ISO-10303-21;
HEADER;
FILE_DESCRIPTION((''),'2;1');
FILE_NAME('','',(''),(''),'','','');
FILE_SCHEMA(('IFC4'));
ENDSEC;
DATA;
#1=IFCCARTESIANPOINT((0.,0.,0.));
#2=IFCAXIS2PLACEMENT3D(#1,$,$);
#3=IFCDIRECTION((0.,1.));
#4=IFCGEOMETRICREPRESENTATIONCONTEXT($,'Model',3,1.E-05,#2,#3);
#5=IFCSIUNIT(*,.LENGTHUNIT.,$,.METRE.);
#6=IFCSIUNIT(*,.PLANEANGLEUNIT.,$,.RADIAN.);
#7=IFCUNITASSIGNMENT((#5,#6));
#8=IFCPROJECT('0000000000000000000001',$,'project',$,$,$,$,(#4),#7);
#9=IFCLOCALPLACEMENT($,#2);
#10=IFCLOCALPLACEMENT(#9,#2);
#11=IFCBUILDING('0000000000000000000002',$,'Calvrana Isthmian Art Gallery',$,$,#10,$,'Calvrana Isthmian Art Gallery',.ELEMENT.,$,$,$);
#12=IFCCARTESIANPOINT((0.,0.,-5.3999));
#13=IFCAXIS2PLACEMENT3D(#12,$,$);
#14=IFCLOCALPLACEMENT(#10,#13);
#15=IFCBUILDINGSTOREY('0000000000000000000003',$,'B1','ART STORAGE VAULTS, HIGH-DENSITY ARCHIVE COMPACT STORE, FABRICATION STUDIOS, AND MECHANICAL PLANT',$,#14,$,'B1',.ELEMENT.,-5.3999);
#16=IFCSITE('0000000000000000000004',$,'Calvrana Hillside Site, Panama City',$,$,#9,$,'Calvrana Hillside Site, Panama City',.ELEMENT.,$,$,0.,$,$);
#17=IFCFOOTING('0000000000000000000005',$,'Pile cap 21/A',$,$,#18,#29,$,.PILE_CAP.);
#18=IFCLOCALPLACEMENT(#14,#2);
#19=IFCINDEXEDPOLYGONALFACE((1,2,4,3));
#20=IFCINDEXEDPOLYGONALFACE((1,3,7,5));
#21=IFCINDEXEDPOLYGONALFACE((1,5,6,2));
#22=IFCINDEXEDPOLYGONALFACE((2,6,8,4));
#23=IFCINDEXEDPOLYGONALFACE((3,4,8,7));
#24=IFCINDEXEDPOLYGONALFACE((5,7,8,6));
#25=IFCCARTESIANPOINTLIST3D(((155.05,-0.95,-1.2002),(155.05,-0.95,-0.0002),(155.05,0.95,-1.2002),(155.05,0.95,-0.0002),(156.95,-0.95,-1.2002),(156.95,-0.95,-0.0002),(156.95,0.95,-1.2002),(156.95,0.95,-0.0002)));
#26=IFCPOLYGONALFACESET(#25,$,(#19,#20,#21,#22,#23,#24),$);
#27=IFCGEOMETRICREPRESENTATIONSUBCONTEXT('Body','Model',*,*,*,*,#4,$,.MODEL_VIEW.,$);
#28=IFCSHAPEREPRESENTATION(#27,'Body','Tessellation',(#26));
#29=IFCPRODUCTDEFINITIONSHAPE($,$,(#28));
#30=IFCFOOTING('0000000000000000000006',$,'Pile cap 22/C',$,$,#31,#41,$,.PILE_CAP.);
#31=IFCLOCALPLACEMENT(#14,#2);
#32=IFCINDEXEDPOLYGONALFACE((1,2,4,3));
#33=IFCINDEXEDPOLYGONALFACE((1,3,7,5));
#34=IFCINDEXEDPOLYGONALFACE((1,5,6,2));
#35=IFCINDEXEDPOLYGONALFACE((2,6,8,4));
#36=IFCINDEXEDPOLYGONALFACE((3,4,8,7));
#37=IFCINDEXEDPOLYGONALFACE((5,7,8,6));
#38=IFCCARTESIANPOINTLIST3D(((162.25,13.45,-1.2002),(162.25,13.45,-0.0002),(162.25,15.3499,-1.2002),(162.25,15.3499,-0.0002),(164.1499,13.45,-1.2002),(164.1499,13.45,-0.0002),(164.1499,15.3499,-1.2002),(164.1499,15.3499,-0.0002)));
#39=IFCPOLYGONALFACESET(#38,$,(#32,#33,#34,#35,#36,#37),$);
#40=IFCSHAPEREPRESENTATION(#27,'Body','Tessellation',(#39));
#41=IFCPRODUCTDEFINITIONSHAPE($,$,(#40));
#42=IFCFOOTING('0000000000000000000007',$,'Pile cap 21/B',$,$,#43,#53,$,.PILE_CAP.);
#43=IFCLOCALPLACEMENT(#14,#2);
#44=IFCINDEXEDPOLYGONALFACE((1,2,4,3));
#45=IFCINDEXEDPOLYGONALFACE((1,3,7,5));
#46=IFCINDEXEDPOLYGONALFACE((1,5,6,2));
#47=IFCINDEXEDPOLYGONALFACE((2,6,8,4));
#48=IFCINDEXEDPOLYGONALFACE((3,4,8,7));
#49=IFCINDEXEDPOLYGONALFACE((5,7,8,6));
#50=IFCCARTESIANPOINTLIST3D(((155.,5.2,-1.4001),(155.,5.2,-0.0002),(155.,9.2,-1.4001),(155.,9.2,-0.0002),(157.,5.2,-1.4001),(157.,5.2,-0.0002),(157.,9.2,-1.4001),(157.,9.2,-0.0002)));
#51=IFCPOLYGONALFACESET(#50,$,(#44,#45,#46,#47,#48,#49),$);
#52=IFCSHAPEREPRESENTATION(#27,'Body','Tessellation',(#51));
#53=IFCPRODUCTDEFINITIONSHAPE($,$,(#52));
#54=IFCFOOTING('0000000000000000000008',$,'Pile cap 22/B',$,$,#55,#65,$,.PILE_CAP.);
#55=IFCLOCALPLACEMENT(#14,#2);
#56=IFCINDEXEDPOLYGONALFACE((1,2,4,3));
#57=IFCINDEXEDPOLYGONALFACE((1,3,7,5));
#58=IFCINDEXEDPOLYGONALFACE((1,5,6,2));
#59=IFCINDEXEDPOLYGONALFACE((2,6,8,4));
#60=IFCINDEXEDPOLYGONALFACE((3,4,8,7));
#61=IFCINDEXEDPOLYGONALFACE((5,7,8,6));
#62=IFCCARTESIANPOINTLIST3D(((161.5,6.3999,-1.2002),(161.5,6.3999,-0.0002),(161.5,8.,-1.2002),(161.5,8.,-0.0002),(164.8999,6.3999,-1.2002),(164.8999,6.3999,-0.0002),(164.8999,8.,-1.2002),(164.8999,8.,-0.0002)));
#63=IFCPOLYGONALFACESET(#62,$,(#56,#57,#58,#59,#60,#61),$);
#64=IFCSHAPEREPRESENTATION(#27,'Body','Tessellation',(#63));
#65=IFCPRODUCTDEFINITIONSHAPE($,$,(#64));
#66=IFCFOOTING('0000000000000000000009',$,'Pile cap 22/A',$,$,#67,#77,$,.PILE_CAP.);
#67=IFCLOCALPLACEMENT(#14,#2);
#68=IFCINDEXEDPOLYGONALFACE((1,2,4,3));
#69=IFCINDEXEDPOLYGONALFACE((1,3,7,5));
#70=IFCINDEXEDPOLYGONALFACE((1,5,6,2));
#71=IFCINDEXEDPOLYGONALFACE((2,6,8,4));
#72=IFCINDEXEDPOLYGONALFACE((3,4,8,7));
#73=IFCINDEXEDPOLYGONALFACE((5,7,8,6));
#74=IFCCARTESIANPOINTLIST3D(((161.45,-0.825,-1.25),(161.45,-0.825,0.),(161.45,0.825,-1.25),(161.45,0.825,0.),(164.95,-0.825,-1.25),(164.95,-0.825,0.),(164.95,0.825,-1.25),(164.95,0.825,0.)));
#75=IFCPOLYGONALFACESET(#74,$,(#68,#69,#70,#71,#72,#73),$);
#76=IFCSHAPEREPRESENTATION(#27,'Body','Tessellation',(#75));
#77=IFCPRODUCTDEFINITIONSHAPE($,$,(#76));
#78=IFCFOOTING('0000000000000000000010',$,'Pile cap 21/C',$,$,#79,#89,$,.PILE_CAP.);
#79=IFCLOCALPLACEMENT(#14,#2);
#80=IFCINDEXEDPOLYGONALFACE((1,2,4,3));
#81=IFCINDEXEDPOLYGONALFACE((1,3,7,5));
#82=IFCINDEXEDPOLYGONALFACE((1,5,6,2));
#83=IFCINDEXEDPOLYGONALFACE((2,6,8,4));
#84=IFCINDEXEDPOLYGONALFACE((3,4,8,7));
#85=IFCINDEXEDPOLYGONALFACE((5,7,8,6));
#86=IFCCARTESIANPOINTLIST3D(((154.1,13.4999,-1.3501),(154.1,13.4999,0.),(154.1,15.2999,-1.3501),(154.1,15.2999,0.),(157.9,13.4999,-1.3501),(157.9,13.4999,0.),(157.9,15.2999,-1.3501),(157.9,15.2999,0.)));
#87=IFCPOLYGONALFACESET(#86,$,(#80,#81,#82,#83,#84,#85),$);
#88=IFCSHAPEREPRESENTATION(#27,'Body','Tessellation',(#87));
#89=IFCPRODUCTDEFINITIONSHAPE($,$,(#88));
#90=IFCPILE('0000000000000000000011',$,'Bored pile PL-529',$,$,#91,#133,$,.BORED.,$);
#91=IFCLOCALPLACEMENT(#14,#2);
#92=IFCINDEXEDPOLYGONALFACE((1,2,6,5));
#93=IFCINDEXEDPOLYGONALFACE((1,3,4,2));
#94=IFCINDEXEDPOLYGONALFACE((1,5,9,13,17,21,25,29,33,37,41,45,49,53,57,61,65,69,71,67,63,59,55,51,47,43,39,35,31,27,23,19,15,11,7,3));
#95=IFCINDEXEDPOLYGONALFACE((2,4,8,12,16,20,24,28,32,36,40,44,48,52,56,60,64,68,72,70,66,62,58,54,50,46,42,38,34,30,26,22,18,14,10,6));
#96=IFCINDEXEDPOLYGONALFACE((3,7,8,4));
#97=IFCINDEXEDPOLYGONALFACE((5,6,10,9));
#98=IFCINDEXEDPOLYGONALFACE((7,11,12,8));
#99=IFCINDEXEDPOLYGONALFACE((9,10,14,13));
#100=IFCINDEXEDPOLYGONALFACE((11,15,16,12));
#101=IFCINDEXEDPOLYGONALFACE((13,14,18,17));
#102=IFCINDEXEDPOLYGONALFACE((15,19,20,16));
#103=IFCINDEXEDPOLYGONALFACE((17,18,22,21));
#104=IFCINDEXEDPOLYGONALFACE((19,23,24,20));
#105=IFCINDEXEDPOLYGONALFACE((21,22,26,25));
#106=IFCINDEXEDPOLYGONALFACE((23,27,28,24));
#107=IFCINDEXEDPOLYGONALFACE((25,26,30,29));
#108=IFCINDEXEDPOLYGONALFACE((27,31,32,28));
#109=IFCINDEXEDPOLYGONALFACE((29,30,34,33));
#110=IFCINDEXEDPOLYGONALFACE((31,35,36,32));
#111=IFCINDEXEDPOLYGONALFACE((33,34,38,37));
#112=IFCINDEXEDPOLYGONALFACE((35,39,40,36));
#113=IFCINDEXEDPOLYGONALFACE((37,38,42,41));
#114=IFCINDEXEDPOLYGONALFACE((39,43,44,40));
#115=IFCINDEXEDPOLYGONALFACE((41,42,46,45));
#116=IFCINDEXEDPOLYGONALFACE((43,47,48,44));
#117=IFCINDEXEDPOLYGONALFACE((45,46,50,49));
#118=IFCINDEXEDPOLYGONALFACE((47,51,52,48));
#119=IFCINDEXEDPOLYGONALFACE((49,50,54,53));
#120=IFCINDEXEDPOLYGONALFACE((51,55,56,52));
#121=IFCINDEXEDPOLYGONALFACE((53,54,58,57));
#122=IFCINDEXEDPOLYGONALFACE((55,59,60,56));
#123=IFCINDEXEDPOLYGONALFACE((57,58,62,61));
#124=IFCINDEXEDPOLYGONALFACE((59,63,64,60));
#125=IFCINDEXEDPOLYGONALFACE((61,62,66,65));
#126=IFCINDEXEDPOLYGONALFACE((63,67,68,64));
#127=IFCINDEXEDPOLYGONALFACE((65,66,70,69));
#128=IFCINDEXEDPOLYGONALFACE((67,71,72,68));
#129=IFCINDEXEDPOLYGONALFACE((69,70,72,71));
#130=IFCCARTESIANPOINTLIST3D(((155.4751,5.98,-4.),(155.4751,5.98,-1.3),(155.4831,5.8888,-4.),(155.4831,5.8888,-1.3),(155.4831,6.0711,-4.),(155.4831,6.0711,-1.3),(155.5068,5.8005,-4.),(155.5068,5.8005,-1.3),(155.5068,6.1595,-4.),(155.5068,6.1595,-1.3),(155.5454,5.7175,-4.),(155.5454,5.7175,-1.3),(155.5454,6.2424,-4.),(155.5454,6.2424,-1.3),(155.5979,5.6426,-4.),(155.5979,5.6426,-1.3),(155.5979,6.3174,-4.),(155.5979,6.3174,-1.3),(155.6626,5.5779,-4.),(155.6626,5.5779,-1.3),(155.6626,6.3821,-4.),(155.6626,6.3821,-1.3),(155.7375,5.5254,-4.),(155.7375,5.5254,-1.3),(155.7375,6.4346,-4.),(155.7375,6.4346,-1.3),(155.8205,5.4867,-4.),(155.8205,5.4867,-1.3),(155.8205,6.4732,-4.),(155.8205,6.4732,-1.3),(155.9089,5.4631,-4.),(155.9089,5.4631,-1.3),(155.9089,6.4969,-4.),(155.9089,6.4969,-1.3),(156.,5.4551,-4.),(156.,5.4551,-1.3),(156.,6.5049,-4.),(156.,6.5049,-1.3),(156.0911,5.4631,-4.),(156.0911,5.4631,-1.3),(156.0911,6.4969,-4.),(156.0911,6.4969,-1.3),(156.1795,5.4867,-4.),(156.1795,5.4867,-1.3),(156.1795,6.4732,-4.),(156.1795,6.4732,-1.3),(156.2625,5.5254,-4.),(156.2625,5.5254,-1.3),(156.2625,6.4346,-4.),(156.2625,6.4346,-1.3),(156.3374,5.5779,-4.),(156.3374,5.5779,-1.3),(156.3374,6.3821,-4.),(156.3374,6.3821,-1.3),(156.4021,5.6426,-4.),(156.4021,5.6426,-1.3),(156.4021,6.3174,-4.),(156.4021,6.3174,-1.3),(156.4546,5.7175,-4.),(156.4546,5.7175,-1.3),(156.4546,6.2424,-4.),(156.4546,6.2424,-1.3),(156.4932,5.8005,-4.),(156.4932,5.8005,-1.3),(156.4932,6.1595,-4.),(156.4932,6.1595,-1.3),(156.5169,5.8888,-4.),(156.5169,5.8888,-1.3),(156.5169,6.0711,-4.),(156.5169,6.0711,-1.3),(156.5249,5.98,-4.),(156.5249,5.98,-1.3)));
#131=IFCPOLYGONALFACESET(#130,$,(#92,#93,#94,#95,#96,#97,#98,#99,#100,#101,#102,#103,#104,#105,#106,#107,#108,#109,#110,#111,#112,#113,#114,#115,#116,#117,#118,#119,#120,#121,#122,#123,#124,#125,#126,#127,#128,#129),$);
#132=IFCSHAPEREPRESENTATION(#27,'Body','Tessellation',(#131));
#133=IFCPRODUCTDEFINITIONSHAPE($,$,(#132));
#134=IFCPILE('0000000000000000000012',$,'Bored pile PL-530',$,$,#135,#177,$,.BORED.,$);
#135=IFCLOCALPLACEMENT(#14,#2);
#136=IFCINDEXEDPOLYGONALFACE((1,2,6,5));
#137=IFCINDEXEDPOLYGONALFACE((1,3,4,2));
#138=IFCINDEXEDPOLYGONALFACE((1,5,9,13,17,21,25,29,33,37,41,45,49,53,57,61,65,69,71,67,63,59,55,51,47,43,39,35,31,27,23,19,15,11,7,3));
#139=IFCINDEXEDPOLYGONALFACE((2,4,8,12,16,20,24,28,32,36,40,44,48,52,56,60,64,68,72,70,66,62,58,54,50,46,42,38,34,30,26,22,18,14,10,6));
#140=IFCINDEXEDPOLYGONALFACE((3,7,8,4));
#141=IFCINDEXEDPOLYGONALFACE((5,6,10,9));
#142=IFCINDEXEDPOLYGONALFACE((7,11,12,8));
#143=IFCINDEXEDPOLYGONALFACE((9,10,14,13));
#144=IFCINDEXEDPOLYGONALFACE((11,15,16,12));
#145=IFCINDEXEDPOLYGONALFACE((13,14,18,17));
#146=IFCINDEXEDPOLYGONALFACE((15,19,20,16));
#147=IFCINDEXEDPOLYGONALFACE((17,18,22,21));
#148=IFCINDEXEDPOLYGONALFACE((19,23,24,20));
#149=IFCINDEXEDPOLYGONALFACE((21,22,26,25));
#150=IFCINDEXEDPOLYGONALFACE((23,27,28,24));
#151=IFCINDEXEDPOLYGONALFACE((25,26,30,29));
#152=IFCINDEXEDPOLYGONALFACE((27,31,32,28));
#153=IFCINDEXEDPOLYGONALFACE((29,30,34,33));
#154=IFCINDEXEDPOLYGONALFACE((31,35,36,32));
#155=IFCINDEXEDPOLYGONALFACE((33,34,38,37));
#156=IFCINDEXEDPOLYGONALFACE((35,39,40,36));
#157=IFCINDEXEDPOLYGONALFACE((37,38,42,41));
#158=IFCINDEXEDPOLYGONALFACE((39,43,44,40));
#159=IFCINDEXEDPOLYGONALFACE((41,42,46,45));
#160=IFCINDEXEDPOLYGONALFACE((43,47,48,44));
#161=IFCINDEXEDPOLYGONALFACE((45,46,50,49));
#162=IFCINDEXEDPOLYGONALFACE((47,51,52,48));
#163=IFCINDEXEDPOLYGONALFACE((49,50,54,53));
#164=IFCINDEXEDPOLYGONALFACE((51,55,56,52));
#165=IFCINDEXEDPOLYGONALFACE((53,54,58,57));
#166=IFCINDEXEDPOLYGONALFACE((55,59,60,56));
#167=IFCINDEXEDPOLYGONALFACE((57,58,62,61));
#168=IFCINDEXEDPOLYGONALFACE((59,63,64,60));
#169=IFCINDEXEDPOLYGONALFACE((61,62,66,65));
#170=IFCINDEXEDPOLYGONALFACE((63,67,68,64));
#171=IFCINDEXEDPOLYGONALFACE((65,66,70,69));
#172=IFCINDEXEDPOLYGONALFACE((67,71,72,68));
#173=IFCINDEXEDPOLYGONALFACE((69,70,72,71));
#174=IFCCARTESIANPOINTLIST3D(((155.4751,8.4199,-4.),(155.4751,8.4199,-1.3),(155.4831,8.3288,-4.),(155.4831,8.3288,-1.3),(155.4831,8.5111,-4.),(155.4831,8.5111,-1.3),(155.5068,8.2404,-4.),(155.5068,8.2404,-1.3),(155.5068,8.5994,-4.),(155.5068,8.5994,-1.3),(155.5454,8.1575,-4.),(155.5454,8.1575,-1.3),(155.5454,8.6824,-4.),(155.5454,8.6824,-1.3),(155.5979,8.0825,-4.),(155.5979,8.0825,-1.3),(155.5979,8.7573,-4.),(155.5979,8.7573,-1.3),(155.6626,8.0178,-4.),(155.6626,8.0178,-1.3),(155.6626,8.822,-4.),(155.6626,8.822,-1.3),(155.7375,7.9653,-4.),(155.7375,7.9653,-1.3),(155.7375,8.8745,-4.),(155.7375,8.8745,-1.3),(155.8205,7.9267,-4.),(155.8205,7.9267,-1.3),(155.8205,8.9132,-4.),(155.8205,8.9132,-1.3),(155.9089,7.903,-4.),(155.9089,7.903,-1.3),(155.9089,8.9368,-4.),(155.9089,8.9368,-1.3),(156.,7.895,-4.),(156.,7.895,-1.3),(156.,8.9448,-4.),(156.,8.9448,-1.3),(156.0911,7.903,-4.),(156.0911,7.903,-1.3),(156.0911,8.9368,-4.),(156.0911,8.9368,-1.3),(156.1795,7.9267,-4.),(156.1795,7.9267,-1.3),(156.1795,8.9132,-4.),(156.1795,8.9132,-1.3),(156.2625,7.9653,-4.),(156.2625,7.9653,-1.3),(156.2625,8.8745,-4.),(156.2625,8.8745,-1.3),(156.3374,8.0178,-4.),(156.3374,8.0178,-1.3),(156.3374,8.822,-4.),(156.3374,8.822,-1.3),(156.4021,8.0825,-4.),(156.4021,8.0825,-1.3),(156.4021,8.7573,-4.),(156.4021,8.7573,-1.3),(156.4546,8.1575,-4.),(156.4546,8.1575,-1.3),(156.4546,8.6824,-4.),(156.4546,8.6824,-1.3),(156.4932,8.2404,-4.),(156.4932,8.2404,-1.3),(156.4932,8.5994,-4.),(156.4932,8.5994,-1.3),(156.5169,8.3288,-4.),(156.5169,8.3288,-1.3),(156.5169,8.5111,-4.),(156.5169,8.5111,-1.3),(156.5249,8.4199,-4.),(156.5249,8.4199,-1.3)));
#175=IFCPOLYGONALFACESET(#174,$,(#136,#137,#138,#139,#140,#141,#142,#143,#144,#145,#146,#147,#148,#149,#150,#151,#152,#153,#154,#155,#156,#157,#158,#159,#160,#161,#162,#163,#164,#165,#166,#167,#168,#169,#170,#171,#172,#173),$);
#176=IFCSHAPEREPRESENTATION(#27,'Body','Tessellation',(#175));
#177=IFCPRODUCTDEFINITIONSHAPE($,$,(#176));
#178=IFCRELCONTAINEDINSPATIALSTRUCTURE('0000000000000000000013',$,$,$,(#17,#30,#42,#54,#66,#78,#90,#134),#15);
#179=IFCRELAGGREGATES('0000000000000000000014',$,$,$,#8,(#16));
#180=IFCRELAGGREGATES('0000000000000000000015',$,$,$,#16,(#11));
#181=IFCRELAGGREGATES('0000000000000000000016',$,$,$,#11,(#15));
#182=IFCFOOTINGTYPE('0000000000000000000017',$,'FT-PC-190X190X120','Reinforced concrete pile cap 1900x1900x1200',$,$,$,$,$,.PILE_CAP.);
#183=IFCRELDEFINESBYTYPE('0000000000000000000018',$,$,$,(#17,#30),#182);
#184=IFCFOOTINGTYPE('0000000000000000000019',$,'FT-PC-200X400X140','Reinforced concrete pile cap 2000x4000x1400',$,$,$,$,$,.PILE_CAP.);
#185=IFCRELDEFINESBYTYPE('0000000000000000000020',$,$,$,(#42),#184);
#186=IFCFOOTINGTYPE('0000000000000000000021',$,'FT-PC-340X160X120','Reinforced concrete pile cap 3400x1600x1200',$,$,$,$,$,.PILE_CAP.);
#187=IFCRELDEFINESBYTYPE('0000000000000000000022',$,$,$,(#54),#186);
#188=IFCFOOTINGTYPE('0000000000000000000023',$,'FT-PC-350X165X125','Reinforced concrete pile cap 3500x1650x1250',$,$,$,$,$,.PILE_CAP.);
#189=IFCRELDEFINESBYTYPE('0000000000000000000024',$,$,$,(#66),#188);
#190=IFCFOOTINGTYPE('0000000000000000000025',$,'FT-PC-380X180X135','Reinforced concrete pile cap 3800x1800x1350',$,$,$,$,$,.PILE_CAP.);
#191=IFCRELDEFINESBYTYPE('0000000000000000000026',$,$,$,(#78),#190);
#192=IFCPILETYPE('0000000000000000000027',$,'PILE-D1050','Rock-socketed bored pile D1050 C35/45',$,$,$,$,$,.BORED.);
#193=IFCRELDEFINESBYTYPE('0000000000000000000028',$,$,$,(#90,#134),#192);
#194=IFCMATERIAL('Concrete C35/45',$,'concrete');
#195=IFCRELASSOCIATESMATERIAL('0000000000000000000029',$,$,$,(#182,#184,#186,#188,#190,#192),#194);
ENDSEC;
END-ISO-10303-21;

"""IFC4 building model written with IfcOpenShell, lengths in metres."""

from ifc_helpers import new_model, si_unit, direction, frame, origin, origin_2d, place, context, subcontext, project, spatial, rectangle, circle, extrude, material, material_profile, profile_set, type_object, element, save


model = new_model("IFC4")

# Units and contexts
model_context = context("Model", 3, precision=1e-05, world=origin(), true_north=direction((0.0, 1.0)))
body_context = subcontext(model_context, "Body", "Model", "MODEL_VIEW")
ifc_project = project(units=[si_unit("LENGTHUNIT", "METRE"), si_unit("PLANEANGLEUNIT", "RADIAN")], contexts=[model_context])

# Site, building, storey
site_placement = place(None, origin())
site = spatial("IfcSite", under=ifc_project, at=site_placement, Name="Calvrana Hillside Site, Panama City", LongName="Calvrana Hillside Site, Panama City", CompositionType="ELEMENT", RefElevation=0.0)
building_placement = place(site_placement, origin())
building = spatial("IfcBuilding", under=site, at=building_placement, Name="Calvrana Isthmian Art Gallery", LongName="Calvrana Isthmian Art Gallery", CompositionType="ELEMENT")
storey_placement = place(building_placement, frame((0.0, 0.0, -5.3999)))
storey = spatial("IfcBuildingStorey", under=building, at=storey_placement, Name="B1", Description="ART STORAGE VAULTS, HIGH-DENSITY ARCHIVE COMPACT STORE, FABRICATION STUDIOS, AND MECHANICAL PLANT", LongName="B1", CompositionType="ELEMENT", Elevation=-5.3999)

# Footings
ifc_material_1 = material(Name="Concrete C35/45", Category="concrete")
footing_type_1 = type_object("IfcFootingType", Name="FT-PC-190X190X120", Description="Reinforced concrete pile cap 1900x1900x1200", PredefinedType="PILE_CAP", material=ifc_material_1)
for number, where, z_axis, x_axis, name in (
    (1, (156.0, 0.0, -1.2002), (0.0, 0.0, 1.0), (1.0, 0.0, 0.0), "Pile cap 21/A"),
    (2, (163.2, 14.3999, -1.2002), (0.0, 0.0, 1.0), (1.0, 0.0, 0.0), "Pile cap 22/C"),
):
    element("IfcFooting", number, at=place(storey_placement, frame(where, z_axis=z_axis, x_axis=x_axis)), inside=storey, type_object=footing_type_1, Name=name, PredefinedType="PILE_CAP", context=body_context, shape_type="SweptSolid", body=[
        extrude(rectangle(XDim=1.8999, YDim=1.8999, at=origin_2d()), origin(), (0.0, 0.0, 1.0), 1.2),
    ])
footing_type_2 = type_object("IfcFootingType", Name="FT-PC-200X400X140", Description="Reinforced concrete pile cap 2000x4000x1400", PredefinedType="PILE_CAP", material=ifc_material_1)
footing_1_placement = place(storey_placement, frame((156.0, 7.2, -1.4001), z_axis=(0.0, 0.0, 1.0), x_axis=(1.0, 0.0, 0.0)))
element("IfcFooting", 3, at=footing_1_placement, inside=storey, type_object=footing_type_2, Name="Pile cap 21/B", PredefinedType="PILE_CAP", context=body_context, shape_type="SweptSolid", body=[
    extrude(rectangle(XDim=2.0, YDim=4.0, at=origin_2d()), origin(), (0.0, 0.0, 1.0), 1.3999),
])
footing_type_3 = type_object("IfcFootingType", Name="FT-PC-340X160X120", Description="Reinforced concrete pile cap 3400x1600x1200", PredefinedType="PILE_CAP", material=ifc_material_1)
footing_2_placement = place(storey_placement, frame((163.2, 7.2, -1.2002), z_axis=(0.0, 0.0, 1.0), x_axis=(1.0, 0.0, 0.0)))
element("IfcFooting", 4, at=footing_2_placement, inside=storey, type_object=footing_type_3, Name="Pile cap 22/B", PredefinedType="PILE_CAP", context=body_context, shape_type="SweptSolid", body=[
    extrude(rectangle(XDim=3.3999, YDim=1.6001, at=origin_2d()), origin(), (0.0, 0.0, 1.0), 1.2),
])
footing_type_4 = type_object("IfcFootingType", Name="FT-PC-350X165X125", Description="Reinforced concrete pile cap 3500x1650x1250", PredefinedType="PILE_CAP", material=ifc_material_1)
footing_3_placement = place(storey_placement, frame((163.2, 0.0, -1.25), z_axis=(0.0, 0.0, 1.0), x_axis=(1.0, 0.0, 0.0)))
element("IfcFooting", 5, at=footing_3_placement, inside=storey, type_object=footing_type_4, Name="Pile cap 22/A", PredefinedType="PILE_CAP", context=body_context, shape_type="SweptSolid", body=[
    extrude(rectangle(XDim=3.5, YDim=1.6499, at=origin_2d()), origin(), (0.0, 0.0, 1.0), 1.25),
])
footing_type_5 = type_object("IfcFootingType", Name="FT-PC-380X180X135", Description="Reinforced concrete pile cap 3800x1800x1350", PredefinedType="PILE_CAP", material=ifc_material_1)
footing_4_placement = place(storey_placement, frame((156.0, 14.3999, -1.3501), z_axis=(0.0, 0.0, 1.0), x_axis=(1.0, 0.0, 0.0)))
element("IfcFooting", 6, at=footing_4_placement, inside=storey, type_object=footing_type_5, Name="Pile cap 21/C", PredefinedType="PILE_CAP", context=body_context, shape_type="SweptSolid", body=[
    extrude(rectangle(XDim=3.8, YDim=1.8, at=origin_2d()), origin(), (0.0, 0.0, 1.0), 1.3501),
])

# Piles
ifc_material_profile_1 = material_profile(ifc_material_1, circle(Radius=0.5249, at=origin_2d()), Name="PILE1050D")
ifc_profile_set_1 = profile_set([ifc_material_profile_1], Name="Concrete C35/45")
pile_type_1 = type_object("IfcPileType", Name="PILE-D1050", Description="Rock-socketed bored pile D1050 C35/45", PredefinedType="BORED", material=ifc_profile_set_1)
for number, where, z_axis, x_axis, name in (
    (7, (156.0, 5.98, -1.3), (0.0, 0.0, -1.0), (1.0, 0.0, 0.0), "Bored pile PL-529"),
    (8, (156.0, 8.4199, -1.3), (0.0, 0.0, -1.0), (1.0, 0.0, 0.0), "Bored pile PL-530"),
):
    element("IfcPile", number, at=place(storey_placement, frame(where, z_axis=z_axis, x_axis=x_axis)), inside=storey, type_object=pile_type_1, Name=name, PredefinedType="BORED", context=body_context, shape_type="SweptSolid", body=[
        extrude(circle(Radius=0.5249, at=origin_2d()), origin(), (0.0, 0.0, 1.0), 2.7),
    ])

save(model, "model.ifc")
